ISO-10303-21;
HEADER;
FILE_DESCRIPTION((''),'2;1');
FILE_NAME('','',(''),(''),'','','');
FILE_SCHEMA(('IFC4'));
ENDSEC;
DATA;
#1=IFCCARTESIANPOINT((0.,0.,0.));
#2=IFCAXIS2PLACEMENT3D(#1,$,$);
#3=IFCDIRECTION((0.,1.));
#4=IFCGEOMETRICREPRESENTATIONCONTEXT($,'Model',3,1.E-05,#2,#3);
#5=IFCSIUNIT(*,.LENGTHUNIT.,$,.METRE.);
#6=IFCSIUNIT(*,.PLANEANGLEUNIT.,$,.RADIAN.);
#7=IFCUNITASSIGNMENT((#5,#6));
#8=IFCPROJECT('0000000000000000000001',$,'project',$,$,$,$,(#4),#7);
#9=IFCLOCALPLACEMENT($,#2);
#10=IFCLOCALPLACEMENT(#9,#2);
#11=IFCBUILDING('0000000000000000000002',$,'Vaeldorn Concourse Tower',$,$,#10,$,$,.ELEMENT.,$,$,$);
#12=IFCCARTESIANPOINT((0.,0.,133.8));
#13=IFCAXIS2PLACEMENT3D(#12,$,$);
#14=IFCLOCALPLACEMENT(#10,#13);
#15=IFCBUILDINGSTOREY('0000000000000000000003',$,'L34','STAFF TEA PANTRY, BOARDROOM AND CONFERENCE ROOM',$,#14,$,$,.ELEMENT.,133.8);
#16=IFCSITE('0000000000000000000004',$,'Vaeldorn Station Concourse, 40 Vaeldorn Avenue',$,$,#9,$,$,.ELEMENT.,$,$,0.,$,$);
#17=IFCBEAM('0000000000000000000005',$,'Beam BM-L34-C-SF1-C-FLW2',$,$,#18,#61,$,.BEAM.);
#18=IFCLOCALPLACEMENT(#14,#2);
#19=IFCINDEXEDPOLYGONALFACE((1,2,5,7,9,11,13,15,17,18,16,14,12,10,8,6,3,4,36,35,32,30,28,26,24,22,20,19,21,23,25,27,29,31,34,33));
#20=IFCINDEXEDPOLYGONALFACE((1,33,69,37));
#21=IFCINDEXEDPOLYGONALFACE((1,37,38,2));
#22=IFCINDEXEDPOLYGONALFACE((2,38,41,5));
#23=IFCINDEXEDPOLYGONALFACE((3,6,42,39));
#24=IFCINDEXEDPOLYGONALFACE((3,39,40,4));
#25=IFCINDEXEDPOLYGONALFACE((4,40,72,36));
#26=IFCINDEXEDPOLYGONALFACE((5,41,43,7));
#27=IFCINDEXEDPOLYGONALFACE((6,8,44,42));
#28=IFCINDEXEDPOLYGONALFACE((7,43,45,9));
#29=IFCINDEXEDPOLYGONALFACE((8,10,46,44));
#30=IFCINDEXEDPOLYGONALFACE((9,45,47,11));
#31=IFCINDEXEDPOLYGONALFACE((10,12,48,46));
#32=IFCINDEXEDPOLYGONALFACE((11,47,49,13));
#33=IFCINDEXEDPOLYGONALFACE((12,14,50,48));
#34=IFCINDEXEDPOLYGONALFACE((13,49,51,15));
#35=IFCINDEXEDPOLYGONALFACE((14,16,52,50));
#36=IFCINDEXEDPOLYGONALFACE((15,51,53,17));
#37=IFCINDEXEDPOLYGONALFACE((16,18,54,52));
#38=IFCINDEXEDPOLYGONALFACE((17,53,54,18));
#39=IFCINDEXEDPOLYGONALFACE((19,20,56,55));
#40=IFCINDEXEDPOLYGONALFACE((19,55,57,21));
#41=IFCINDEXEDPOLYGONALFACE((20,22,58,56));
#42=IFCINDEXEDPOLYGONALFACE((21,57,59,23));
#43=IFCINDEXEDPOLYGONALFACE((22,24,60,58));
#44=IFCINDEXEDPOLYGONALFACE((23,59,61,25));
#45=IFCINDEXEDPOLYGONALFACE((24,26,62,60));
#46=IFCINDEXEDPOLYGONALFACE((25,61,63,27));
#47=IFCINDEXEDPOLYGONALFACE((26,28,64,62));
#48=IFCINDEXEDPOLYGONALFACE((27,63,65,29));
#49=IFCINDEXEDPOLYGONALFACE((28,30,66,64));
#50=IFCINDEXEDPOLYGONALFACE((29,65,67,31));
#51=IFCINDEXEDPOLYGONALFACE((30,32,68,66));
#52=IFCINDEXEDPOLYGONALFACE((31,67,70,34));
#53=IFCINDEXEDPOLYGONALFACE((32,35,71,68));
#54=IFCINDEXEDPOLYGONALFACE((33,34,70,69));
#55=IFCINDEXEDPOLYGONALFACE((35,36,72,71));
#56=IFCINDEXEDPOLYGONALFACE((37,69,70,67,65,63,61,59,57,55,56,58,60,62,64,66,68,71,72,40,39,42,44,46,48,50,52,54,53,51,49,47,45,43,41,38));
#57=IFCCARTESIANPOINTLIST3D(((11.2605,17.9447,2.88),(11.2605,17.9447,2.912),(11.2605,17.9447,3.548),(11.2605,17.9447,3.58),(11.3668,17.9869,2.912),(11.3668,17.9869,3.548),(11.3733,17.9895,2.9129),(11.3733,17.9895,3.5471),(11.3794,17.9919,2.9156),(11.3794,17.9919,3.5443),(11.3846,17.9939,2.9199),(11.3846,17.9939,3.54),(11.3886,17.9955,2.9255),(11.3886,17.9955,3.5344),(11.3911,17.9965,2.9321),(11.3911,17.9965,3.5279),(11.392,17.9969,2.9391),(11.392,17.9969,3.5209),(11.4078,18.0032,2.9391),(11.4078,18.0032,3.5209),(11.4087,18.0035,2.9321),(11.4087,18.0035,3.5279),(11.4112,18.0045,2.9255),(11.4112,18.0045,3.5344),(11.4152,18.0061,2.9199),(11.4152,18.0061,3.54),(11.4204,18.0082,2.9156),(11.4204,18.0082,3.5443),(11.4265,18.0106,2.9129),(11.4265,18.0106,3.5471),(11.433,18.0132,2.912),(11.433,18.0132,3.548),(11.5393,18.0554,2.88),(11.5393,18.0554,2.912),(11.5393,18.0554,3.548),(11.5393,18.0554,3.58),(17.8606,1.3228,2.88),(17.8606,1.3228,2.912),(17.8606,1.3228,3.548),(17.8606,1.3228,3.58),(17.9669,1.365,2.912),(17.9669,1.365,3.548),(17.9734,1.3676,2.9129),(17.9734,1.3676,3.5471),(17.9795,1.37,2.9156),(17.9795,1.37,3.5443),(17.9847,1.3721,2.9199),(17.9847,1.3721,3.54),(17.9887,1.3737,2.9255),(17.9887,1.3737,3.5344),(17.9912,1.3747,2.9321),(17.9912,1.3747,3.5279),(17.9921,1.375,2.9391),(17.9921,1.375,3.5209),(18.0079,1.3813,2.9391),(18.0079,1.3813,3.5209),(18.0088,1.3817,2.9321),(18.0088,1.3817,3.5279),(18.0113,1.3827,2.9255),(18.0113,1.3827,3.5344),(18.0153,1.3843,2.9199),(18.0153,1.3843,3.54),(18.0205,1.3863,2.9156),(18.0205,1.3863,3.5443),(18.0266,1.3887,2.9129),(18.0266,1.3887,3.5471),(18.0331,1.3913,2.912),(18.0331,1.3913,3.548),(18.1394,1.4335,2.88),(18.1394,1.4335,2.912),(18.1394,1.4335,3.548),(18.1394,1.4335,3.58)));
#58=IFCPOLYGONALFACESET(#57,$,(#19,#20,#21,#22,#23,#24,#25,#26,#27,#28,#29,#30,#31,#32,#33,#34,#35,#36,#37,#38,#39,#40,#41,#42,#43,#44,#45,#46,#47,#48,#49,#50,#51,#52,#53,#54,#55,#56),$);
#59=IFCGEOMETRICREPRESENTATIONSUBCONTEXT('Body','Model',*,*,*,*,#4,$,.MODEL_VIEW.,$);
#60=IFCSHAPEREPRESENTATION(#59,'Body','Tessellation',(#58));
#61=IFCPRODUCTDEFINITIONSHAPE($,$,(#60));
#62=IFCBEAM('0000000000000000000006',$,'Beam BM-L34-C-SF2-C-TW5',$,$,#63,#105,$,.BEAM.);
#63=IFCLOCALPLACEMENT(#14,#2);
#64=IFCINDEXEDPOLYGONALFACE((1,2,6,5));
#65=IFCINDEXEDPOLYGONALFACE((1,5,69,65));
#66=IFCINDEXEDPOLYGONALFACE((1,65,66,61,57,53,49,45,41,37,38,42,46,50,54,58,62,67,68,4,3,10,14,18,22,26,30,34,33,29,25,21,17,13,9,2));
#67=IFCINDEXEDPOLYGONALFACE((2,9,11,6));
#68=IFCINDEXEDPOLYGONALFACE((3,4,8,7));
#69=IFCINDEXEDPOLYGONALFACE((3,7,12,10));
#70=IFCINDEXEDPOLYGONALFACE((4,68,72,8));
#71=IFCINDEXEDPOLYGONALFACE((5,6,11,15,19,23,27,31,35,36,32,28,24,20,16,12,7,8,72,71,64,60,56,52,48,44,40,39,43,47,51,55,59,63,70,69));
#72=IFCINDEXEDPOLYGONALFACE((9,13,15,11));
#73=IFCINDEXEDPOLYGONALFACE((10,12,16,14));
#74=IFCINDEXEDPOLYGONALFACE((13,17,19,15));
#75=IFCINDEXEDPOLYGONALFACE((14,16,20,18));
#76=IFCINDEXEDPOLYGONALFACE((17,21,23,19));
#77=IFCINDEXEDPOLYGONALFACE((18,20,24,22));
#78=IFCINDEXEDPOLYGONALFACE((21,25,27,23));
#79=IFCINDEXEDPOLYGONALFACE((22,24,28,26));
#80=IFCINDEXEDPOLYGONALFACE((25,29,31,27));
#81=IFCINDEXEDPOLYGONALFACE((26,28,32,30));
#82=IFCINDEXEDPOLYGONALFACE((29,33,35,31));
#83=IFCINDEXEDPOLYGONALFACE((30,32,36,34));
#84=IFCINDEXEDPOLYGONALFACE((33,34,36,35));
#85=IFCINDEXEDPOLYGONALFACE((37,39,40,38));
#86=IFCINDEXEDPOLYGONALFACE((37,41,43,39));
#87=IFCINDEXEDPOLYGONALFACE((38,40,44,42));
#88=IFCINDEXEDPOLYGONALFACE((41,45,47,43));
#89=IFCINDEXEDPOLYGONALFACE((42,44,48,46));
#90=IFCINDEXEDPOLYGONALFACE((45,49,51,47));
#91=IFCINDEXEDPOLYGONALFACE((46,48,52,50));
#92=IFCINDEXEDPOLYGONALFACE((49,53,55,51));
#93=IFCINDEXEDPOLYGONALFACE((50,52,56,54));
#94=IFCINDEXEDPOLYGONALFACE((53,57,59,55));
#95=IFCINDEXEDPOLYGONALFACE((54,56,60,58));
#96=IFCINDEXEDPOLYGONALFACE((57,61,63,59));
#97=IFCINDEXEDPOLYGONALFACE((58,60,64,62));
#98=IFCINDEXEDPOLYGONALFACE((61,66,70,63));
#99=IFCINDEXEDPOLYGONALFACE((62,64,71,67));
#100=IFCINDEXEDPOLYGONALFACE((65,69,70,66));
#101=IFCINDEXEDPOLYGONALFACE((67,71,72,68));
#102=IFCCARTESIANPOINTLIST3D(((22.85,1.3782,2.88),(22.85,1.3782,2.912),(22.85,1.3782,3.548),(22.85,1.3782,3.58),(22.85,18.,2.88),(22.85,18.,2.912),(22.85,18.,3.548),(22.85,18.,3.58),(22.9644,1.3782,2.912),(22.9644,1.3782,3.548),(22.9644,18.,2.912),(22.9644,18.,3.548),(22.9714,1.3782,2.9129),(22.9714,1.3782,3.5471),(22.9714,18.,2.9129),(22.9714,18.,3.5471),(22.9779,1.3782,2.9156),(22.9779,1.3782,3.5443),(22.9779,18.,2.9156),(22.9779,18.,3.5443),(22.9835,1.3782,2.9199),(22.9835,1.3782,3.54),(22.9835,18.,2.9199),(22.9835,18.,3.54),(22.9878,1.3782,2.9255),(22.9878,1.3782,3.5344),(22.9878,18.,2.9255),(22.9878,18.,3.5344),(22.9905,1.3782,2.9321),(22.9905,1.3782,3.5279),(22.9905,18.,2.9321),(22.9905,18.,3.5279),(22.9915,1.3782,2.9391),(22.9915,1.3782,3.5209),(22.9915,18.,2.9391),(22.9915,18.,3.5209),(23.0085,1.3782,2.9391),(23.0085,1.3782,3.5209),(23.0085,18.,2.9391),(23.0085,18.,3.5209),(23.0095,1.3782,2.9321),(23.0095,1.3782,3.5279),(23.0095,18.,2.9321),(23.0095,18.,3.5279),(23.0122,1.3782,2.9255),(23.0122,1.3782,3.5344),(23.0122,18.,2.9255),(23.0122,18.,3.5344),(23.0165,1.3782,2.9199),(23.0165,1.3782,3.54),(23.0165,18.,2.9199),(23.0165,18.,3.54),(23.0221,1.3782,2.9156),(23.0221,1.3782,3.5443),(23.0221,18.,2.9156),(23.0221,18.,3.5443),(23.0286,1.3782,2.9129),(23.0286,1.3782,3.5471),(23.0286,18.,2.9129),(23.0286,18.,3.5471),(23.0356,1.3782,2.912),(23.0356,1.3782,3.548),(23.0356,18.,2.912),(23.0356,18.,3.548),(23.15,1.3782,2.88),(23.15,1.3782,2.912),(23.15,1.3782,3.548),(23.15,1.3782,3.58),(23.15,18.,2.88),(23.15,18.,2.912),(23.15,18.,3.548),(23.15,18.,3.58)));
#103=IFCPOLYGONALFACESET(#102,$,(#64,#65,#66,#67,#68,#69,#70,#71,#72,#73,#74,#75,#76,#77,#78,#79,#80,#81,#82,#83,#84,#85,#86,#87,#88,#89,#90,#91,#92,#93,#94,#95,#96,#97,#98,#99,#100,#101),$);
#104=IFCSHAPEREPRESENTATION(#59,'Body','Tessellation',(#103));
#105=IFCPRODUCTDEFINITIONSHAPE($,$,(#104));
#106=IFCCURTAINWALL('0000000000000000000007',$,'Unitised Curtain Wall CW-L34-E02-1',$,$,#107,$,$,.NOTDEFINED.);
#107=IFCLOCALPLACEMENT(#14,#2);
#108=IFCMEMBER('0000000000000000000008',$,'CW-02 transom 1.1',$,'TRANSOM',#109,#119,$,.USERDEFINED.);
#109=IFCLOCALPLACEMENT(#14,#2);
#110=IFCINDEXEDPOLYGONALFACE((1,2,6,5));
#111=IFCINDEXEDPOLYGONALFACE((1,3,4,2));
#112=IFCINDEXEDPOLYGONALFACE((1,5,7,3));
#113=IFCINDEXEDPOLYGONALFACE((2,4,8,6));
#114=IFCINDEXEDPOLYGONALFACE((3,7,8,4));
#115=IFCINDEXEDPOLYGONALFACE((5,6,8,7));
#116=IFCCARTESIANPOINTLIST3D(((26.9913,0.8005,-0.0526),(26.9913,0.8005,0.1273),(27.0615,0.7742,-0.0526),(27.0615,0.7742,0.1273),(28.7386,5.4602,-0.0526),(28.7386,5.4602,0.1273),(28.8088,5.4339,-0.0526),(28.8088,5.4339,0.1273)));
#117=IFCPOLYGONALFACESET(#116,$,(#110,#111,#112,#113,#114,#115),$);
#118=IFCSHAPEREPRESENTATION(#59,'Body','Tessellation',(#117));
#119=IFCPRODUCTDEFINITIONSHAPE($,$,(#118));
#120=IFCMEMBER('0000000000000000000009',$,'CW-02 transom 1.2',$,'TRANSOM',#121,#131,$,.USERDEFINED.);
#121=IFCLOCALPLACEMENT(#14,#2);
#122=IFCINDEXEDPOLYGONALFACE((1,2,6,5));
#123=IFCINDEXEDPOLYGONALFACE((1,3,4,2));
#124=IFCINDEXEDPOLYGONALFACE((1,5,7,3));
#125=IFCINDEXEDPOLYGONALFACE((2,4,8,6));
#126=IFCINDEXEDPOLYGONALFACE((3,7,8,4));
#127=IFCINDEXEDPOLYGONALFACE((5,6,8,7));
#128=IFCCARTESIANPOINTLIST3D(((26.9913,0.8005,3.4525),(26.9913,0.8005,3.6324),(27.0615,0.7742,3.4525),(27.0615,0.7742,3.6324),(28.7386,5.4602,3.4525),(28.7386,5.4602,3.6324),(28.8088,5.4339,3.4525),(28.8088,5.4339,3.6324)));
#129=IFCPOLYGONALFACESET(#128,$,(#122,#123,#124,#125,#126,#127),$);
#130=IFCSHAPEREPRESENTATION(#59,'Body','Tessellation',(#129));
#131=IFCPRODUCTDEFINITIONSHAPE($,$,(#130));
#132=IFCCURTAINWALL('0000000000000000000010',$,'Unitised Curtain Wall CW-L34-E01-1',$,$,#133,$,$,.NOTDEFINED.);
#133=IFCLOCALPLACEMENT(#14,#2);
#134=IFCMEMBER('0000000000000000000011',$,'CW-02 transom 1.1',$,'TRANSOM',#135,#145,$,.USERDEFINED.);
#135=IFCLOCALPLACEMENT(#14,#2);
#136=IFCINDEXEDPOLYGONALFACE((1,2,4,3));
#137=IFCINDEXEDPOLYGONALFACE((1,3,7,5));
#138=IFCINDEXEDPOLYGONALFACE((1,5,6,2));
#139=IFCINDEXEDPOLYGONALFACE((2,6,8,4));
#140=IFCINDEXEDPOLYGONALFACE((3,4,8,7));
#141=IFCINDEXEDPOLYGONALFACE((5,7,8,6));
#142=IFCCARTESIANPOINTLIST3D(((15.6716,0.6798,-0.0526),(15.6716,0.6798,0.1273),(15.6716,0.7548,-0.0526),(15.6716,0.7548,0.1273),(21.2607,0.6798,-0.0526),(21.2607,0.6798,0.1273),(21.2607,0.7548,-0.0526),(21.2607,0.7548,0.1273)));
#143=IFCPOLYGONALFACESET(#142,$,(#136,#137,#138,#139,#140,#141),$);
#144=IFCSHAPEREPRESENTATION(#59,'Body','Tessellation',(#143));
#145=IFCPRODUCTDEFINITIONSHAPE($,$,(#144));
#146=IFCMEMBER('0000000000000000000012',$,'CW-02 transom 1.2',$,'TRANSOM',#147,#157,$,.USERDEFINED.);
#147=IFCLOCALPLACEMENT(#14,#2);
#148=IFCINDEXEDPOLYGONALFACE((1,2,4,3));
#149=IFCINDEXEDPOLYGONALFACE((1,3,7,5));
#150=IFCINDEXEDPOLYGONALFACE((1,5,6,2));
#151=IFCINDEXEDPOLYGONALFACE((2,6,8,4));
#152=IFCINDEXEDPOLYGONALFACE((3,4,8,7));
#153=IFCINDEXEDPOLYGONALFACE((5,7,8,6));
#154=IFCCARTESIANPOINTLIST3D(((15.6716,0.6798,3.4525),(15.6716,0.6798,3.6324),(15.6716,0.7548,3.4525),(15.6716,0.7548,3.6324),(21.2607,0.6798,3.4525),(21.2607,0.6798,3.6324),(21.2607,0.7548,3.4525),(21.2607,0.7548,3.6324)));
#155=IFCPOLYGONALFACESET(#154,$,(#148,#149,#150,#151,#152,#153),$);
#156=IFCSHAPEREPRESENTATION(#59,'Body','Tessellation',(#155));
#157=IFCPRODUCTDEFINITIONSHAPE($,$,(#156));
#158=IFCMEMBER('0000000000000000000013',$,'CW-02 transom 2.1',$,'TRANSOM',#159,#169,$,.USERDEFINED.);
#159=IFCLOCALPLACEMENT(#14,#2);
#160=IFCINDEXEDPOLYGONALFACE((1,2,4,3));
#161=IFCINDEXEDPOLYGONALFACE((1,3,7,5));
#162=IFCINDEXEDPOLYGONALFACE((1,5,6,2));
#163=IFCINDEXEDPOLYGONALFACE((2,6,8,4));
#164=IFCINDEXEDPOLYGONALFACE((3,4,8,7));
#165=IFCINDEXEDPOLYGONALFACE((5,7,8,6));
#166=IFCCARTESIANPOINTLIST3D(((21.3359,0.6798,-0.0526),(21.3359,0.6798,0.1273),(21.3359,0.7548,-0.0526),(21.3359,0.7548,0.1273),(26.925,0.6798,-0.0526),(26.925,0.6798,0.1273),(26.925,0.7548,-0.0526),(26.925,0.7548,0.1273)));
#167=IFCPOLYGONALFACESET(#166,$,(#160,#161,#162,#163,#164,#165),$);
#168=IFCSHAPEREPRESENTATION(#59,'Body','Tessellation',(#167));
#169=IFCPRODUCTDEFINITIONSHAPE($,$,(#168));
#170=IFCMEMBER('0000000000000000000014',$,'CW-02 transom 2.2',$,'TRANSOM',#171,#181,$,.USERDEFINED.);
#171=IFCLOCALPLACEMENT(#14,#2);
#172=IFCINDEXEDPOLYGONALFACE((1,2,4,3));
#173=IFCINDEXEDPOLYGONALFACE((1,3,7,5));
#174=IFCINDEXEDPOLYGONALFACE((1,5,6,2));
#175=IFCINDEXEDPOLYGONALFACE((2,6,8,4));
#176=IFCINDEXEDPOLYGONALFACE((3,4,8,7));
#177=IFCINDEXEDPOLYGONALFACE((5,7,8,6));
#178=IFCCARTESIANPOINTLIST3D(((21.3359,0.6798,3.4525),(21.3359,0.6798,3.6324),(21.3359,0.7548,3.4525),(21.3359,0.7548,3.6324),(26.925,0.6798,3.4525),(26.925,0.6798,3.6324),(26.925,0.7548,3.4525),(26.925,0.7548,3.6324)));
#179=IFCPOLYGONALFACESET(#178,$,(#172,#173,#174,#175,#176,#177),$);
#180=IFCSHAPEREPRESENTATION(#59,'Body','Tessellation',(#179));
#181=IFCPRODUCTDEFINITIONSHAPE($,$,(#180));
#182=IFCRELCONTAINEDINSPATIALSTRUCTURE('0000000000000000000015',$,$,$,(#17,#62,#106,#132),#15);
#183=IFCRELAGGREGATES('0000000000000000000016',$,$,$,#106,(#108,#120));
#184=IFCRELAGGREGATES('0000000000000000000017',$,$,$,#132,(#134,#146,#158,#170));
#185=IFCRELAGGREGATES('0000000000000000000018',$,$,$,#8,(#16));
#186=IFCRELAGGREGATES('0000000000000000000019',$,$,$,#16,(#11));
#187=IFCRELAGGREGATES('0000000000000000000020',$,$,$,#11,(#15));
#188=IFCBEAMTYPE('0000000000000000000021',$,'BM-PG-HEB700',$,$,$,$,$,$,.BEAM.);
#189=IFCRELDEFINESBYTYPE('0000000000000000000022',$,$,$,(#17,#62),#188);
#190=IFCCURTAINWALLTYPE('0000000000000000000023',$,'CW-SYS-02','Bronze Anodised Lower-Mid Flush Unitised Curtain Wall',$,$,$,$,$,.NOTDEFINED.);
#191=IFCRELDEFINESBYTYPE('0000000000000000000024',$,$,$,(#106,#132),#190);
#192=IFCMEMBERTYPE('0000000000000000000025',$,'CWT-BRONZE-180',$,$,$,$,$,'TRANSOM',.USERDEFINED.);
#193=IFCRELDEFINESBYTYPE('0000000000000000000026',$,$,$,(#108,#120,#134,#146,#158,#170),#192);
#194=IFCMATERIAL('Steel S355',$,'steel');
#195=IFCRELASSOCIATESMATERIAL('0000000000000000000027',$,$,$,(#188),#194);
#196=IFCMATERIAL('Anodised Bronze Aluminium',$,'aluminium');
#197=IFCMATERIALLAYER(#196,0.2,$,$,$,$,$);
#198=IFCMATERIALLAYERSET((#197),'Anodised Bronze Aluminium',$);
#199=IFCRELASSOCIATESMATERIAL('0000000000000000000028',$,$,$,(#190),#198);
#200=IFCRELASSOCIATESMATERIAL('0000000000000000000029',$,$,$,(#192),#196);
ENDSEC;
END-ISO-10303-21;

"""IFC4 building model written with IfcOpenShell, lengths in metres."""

from ifc_helpers import new_model, si_unit, direction, frame, origin, origin_2d, place, context, subcontext, project, spatial, rectangle, i_section, extrude, source, transform, mapped, material, layer, layer_set, material_profile, profile_set, type_object, element, aggregate, save


model = new_model("IFC4")

# Units and contexts
model_context = context("Model", 3, precision=1e-05, world=origin(), true_north=direction((0.0, 1.0)))
body_context = subcontext(model_context, "Body", "Model", "MODEL_VIEW")
ifc_project = project(units=[si_unit("LENGTHUNIT", "METRE"), si_unit("PLANEANGLEUNIT", "RADIAN")], contexts=[model_context])

# Site, building, storey
site_placement = place(None, origin())
site = spatial("IfcSite", under=ifc_project, at=site_placement, Name="Vaeldorn Station Concourse, 40 Vaeldorn Avenue", CompositionType="ELEMENT", RefElevation=0.0)
building_placement = place(site_placement, origin())
building = spatial("IfcBuilding", under=site, at=building_placement, Name="Vaeldorn Concourse Tower", CompositionType="ELEMENT")
storey_placement = place(building_placement, frame((0.0, 0.0, 133.8)))
storey = spatial("IfcBuildingStorey", under=building, at=storey_placement, Name="L34", Description="STAFF TEA PANTRY, BOARDROOM AND CONFERENCE ROOM", CompositionType="ELEMENT", Elevation=133.8)

# Beams
ifc_material_1 = material(Name="Steel S355", Category="steel")
ifc_material_profile_1 = material_profile(ifc_material_1, i_section(OverallWidth=0.3, OverallDepth=0.7, WebThickness=0.0171, FlangeThickness=0.032, FilletRadius=0.0271, at=origin_2d()), Name="HEB 700")
ifc_profile_set_1 = profile_set([ifc_material_profile_1], Name="Steel S355")
beam_type_1 = type_object("IfcBeamType", Name="BM-PG-HEB700", PredefinedType="BEAM", material=ifc_profile_set_1)
shared_shape_1 = source(origin(), body_context, "Body", "SweptSolid", [
    extrude(i_section(OverallWidth=0.3, OverallDepth=0.7, WebThickness=0.0171, FlangeThickness=0.032, FilletRadius=0.0271, at=origin_2d()), origin(), (0.0, 0.0, 1.0), 17.8843),
])
beam_1_placement = place(storey_placement, frame((18.0, 1.3782, 3.23), z_axis=(-0.369045, 0.929411, 0.0), x_axis=(-0.929411, -0.369045, 0.0)))
element("IfcBeam", 1, at=beam_1_placement, inside=storey, type_object=beam_type_1, Name="Beam BM-L34-C-SF1-C-FLW2", PredefinedType="BEAM", context=body_context, shape_type="MappedRepresentation", body=[
    mapped(shared_shape_1, transform((0.0, 0.0, 0.0), scale=1.0)),
])
shared_shape_2 = source(origin(), body_context, "Body", "SweptSolid", [
    extrude(i_section(OverallWidth=0.3, OverallDepth=0.7, WebThickness=0.0171, FlangeThickness=0.032, FilletRadius=0.0271, at=origin_2d()), origin(), (0.0, 0.0, 1.0), 16.6218),
])
beam_2_placement = place(storey_placement, frame((23.0, 1.3782, 3.23), z_axis=(0.0, 1.0, 0.0), x_axis=(-1.0, 0.0, 0.0)))
element("IfcBeam", 2, at=beam_2_placement, inside=storey, type_object=beam_type_1, Name="Beam BM-L34-C-SF2-C-TW5", PredefinedType="BEAM", context=body_context, shape_type="MappedRepresentation", body=[
    mapped(shared_shape_2, transform((0.0, 0.0, 0.0), scale=1.0)),
])

# Curtain walls, members
ifc_material_2 = material(Name="Anodised Bronze Aluminium", Category="aluminium")
ifc_layer_1 = layer(ifc_material_2, 0.2)
ifc_layer_set_1 = layer_set([ifc_layer_1], Name="Anodised Bronze Aluminium")
curtain_wall_type = type_object("IfcCurtainWallType", Name="CW-SYS-02", Description="Bronze Anodised Lower-Mid Flush Unitised Curtain Wall", PredefinedType="NOTDEFINED", material=ifc_layer_set_1)
curtain_wall_1_placement = place(storey_placement, origin())
curtain_wall_1 = element("IfcCurtainWall", 3, at=curtain_wall_1_placement, inside=storey, type_object=curtain_wall_type, Name="Unitised Curtain Wall CW-L34-E02-1", PredefinedType="NOTDEFINED")
ifc_material_profile_2 = material_profile(ifc_material_2, rectangle(XDim=0.075, YDim=0.1799, at=origin_2d()), Name="CWT 75x180")
ifc_profile_set_2 = profile_set([ifc_material_profile_2], Name="Anodised Bronze Aluminium")
member_type_1 = type_object("IfcMemberType", Name="CWT-BRONZE-180", ElementType="TRANSOM", PredefinedType="USERDEFINED", material=ifc_profile_set_2)
shared_shape_3 = source(origin(), body_context, "Body", "SweptSolid", [
    extrude(rectangle(XDim=0.075, YDim=0.1799, at=origin_2d()), origin(), (0.0, 0.0, 1.0), 4.9766),
])
member_1_placement = place(storey_placement, frame((27.0264, 0.7874, 0.0374), z_axis=(0.351113, 0.936333, 0.0), x_axis=(-0.936333, 0.351113, 0.0)))
member_1 = element("IfcMember", 4, at=member_1_placement, type_object=member_type_1, Name="CW-02 transom 1.1", ObjectType="TRANSOM", PredefinedType="USERDEFINED", context=body_context, shape_type="MappedRepresentation", body=[
    mapped(shared_shape_3, transform((0.0, 0.0, 0.0), scale=1.0)),
])
member_2_placement = place(storey_placement, frame((27.0264, 0.7874, 3.5425), z_axis=(0.351113, 0.936333, 0.0), x_axis=(-0.936333, 0.351113, 0.0)))
member_2 = element("IfcMember", 5, at=member_2_placement, type_object=member_type_1, Name="CW-02 transom 1.2", ObjectType="TRANSOM", PredefinedType="USERDEFINED", context=body_context, shape_type="MappedRepresentation", body=[
    mapped(shared_shape_3, transform((0.0, 0.0, 0.0), scale=1.0)),
])
curtain_wall_2_placement = place(storey_placement, origin())
curtain_wall_2 = element("IfcCurtainWall", 6, at=curtain_wall_2_placement, inside=storey, type_object=curtain_wall_type, Name="Unitised Curtain Wall CW-L34-E01-1", PredefinedType="NOTDEFINED")
shared_shape_4 = source(origin(), body_context, "Body", "SweptSolid", [
    extrude(rectangle(XDim=0.075, YDim=0.1799, at=origin_2d()), origin(), (0.0, 0.0, 1.0), 5.5891),
])
member_3_placement = place(storey_placement, frame((15.6716, 0.7173, 0.0374), z_axis=(1.0, 0.0, 0.0), x_axis=(0.0, 1.0, 0.0)))
member_3 = element("IfcMember", 7, at=member_3_placement, type_object=member_type_1, Name="CW-02 transom 1.1", ObjectType="TRANSOM", PredefinedType="USERDEFINED", context=body_context, shape_type="MappedRepresentation", body=[
    mapped(shared_shape_4, transform((0.0, 0.0, 0.0), scale=1.0)),
])
member_4_placement = place(storey_placement, frame((15.6716, 0.7173, 3.5425), z_axis=(1.0, 0.0, 0.0), x_axis=(0.0, 1.0, 0.0)))
member_4 = element("IfcMember", 8, at=member_4_placement, type_object=member_type_1, Name="CW-02 transom 1.2", ObjectType="TRANSOM", PredefinedType="USERDEFINED", context=body_context, shape_type="MappedRepresentation", body=[
    mapped(shared_shape_4, transform((0.0, 0.0, 0.0), scale=1.0)),
])
member_5_placement = place(storey_placement, frame((21.3359, 0.7173, 0.0374), z_axis=(1.0, 0.0, 0.0), x_axis=(0.0, 1.0, 0.0)))
member_5 = element("IfcMember", 9, at=member_5_placement, type_object=member_type_1, Name="CW-02 transom 2.1", ObjectType="TRANSOM", PredefinedType="USERDEFINED", context=body_context, shape_type="MappedRepresentation", body=[
    mapped(shared_shape_4, transform((0.0, 0.0, 0.0), scale=1.0)),
])
member_6_placement = place(storey_placement, frame((21.3359, 0.7173, 3.5425), z_axis=(1.0, 0.0, 0.0), x_axis=(0.0, 1.0, 0.0)))
member_6 = element("IfcMember", 10, at=member_6_placement, type_object=member_type_1, Name="CW-02 transom 2.2", ObjectType="TRANSOM", PredefinedType="USERDEFINED", context=body_context, shape_type="MappedRepresentation", body=[
    mapped(shared_shape_4, transform((0.0, 0.0, 0.0), scale=1.0)),
])

aggregate(curtain_wall_1, [member_1, member_2])

aggregate(curtain_wall_2, [member_3, member_4, member_5, member_6])

save(model, "model.ifc")
